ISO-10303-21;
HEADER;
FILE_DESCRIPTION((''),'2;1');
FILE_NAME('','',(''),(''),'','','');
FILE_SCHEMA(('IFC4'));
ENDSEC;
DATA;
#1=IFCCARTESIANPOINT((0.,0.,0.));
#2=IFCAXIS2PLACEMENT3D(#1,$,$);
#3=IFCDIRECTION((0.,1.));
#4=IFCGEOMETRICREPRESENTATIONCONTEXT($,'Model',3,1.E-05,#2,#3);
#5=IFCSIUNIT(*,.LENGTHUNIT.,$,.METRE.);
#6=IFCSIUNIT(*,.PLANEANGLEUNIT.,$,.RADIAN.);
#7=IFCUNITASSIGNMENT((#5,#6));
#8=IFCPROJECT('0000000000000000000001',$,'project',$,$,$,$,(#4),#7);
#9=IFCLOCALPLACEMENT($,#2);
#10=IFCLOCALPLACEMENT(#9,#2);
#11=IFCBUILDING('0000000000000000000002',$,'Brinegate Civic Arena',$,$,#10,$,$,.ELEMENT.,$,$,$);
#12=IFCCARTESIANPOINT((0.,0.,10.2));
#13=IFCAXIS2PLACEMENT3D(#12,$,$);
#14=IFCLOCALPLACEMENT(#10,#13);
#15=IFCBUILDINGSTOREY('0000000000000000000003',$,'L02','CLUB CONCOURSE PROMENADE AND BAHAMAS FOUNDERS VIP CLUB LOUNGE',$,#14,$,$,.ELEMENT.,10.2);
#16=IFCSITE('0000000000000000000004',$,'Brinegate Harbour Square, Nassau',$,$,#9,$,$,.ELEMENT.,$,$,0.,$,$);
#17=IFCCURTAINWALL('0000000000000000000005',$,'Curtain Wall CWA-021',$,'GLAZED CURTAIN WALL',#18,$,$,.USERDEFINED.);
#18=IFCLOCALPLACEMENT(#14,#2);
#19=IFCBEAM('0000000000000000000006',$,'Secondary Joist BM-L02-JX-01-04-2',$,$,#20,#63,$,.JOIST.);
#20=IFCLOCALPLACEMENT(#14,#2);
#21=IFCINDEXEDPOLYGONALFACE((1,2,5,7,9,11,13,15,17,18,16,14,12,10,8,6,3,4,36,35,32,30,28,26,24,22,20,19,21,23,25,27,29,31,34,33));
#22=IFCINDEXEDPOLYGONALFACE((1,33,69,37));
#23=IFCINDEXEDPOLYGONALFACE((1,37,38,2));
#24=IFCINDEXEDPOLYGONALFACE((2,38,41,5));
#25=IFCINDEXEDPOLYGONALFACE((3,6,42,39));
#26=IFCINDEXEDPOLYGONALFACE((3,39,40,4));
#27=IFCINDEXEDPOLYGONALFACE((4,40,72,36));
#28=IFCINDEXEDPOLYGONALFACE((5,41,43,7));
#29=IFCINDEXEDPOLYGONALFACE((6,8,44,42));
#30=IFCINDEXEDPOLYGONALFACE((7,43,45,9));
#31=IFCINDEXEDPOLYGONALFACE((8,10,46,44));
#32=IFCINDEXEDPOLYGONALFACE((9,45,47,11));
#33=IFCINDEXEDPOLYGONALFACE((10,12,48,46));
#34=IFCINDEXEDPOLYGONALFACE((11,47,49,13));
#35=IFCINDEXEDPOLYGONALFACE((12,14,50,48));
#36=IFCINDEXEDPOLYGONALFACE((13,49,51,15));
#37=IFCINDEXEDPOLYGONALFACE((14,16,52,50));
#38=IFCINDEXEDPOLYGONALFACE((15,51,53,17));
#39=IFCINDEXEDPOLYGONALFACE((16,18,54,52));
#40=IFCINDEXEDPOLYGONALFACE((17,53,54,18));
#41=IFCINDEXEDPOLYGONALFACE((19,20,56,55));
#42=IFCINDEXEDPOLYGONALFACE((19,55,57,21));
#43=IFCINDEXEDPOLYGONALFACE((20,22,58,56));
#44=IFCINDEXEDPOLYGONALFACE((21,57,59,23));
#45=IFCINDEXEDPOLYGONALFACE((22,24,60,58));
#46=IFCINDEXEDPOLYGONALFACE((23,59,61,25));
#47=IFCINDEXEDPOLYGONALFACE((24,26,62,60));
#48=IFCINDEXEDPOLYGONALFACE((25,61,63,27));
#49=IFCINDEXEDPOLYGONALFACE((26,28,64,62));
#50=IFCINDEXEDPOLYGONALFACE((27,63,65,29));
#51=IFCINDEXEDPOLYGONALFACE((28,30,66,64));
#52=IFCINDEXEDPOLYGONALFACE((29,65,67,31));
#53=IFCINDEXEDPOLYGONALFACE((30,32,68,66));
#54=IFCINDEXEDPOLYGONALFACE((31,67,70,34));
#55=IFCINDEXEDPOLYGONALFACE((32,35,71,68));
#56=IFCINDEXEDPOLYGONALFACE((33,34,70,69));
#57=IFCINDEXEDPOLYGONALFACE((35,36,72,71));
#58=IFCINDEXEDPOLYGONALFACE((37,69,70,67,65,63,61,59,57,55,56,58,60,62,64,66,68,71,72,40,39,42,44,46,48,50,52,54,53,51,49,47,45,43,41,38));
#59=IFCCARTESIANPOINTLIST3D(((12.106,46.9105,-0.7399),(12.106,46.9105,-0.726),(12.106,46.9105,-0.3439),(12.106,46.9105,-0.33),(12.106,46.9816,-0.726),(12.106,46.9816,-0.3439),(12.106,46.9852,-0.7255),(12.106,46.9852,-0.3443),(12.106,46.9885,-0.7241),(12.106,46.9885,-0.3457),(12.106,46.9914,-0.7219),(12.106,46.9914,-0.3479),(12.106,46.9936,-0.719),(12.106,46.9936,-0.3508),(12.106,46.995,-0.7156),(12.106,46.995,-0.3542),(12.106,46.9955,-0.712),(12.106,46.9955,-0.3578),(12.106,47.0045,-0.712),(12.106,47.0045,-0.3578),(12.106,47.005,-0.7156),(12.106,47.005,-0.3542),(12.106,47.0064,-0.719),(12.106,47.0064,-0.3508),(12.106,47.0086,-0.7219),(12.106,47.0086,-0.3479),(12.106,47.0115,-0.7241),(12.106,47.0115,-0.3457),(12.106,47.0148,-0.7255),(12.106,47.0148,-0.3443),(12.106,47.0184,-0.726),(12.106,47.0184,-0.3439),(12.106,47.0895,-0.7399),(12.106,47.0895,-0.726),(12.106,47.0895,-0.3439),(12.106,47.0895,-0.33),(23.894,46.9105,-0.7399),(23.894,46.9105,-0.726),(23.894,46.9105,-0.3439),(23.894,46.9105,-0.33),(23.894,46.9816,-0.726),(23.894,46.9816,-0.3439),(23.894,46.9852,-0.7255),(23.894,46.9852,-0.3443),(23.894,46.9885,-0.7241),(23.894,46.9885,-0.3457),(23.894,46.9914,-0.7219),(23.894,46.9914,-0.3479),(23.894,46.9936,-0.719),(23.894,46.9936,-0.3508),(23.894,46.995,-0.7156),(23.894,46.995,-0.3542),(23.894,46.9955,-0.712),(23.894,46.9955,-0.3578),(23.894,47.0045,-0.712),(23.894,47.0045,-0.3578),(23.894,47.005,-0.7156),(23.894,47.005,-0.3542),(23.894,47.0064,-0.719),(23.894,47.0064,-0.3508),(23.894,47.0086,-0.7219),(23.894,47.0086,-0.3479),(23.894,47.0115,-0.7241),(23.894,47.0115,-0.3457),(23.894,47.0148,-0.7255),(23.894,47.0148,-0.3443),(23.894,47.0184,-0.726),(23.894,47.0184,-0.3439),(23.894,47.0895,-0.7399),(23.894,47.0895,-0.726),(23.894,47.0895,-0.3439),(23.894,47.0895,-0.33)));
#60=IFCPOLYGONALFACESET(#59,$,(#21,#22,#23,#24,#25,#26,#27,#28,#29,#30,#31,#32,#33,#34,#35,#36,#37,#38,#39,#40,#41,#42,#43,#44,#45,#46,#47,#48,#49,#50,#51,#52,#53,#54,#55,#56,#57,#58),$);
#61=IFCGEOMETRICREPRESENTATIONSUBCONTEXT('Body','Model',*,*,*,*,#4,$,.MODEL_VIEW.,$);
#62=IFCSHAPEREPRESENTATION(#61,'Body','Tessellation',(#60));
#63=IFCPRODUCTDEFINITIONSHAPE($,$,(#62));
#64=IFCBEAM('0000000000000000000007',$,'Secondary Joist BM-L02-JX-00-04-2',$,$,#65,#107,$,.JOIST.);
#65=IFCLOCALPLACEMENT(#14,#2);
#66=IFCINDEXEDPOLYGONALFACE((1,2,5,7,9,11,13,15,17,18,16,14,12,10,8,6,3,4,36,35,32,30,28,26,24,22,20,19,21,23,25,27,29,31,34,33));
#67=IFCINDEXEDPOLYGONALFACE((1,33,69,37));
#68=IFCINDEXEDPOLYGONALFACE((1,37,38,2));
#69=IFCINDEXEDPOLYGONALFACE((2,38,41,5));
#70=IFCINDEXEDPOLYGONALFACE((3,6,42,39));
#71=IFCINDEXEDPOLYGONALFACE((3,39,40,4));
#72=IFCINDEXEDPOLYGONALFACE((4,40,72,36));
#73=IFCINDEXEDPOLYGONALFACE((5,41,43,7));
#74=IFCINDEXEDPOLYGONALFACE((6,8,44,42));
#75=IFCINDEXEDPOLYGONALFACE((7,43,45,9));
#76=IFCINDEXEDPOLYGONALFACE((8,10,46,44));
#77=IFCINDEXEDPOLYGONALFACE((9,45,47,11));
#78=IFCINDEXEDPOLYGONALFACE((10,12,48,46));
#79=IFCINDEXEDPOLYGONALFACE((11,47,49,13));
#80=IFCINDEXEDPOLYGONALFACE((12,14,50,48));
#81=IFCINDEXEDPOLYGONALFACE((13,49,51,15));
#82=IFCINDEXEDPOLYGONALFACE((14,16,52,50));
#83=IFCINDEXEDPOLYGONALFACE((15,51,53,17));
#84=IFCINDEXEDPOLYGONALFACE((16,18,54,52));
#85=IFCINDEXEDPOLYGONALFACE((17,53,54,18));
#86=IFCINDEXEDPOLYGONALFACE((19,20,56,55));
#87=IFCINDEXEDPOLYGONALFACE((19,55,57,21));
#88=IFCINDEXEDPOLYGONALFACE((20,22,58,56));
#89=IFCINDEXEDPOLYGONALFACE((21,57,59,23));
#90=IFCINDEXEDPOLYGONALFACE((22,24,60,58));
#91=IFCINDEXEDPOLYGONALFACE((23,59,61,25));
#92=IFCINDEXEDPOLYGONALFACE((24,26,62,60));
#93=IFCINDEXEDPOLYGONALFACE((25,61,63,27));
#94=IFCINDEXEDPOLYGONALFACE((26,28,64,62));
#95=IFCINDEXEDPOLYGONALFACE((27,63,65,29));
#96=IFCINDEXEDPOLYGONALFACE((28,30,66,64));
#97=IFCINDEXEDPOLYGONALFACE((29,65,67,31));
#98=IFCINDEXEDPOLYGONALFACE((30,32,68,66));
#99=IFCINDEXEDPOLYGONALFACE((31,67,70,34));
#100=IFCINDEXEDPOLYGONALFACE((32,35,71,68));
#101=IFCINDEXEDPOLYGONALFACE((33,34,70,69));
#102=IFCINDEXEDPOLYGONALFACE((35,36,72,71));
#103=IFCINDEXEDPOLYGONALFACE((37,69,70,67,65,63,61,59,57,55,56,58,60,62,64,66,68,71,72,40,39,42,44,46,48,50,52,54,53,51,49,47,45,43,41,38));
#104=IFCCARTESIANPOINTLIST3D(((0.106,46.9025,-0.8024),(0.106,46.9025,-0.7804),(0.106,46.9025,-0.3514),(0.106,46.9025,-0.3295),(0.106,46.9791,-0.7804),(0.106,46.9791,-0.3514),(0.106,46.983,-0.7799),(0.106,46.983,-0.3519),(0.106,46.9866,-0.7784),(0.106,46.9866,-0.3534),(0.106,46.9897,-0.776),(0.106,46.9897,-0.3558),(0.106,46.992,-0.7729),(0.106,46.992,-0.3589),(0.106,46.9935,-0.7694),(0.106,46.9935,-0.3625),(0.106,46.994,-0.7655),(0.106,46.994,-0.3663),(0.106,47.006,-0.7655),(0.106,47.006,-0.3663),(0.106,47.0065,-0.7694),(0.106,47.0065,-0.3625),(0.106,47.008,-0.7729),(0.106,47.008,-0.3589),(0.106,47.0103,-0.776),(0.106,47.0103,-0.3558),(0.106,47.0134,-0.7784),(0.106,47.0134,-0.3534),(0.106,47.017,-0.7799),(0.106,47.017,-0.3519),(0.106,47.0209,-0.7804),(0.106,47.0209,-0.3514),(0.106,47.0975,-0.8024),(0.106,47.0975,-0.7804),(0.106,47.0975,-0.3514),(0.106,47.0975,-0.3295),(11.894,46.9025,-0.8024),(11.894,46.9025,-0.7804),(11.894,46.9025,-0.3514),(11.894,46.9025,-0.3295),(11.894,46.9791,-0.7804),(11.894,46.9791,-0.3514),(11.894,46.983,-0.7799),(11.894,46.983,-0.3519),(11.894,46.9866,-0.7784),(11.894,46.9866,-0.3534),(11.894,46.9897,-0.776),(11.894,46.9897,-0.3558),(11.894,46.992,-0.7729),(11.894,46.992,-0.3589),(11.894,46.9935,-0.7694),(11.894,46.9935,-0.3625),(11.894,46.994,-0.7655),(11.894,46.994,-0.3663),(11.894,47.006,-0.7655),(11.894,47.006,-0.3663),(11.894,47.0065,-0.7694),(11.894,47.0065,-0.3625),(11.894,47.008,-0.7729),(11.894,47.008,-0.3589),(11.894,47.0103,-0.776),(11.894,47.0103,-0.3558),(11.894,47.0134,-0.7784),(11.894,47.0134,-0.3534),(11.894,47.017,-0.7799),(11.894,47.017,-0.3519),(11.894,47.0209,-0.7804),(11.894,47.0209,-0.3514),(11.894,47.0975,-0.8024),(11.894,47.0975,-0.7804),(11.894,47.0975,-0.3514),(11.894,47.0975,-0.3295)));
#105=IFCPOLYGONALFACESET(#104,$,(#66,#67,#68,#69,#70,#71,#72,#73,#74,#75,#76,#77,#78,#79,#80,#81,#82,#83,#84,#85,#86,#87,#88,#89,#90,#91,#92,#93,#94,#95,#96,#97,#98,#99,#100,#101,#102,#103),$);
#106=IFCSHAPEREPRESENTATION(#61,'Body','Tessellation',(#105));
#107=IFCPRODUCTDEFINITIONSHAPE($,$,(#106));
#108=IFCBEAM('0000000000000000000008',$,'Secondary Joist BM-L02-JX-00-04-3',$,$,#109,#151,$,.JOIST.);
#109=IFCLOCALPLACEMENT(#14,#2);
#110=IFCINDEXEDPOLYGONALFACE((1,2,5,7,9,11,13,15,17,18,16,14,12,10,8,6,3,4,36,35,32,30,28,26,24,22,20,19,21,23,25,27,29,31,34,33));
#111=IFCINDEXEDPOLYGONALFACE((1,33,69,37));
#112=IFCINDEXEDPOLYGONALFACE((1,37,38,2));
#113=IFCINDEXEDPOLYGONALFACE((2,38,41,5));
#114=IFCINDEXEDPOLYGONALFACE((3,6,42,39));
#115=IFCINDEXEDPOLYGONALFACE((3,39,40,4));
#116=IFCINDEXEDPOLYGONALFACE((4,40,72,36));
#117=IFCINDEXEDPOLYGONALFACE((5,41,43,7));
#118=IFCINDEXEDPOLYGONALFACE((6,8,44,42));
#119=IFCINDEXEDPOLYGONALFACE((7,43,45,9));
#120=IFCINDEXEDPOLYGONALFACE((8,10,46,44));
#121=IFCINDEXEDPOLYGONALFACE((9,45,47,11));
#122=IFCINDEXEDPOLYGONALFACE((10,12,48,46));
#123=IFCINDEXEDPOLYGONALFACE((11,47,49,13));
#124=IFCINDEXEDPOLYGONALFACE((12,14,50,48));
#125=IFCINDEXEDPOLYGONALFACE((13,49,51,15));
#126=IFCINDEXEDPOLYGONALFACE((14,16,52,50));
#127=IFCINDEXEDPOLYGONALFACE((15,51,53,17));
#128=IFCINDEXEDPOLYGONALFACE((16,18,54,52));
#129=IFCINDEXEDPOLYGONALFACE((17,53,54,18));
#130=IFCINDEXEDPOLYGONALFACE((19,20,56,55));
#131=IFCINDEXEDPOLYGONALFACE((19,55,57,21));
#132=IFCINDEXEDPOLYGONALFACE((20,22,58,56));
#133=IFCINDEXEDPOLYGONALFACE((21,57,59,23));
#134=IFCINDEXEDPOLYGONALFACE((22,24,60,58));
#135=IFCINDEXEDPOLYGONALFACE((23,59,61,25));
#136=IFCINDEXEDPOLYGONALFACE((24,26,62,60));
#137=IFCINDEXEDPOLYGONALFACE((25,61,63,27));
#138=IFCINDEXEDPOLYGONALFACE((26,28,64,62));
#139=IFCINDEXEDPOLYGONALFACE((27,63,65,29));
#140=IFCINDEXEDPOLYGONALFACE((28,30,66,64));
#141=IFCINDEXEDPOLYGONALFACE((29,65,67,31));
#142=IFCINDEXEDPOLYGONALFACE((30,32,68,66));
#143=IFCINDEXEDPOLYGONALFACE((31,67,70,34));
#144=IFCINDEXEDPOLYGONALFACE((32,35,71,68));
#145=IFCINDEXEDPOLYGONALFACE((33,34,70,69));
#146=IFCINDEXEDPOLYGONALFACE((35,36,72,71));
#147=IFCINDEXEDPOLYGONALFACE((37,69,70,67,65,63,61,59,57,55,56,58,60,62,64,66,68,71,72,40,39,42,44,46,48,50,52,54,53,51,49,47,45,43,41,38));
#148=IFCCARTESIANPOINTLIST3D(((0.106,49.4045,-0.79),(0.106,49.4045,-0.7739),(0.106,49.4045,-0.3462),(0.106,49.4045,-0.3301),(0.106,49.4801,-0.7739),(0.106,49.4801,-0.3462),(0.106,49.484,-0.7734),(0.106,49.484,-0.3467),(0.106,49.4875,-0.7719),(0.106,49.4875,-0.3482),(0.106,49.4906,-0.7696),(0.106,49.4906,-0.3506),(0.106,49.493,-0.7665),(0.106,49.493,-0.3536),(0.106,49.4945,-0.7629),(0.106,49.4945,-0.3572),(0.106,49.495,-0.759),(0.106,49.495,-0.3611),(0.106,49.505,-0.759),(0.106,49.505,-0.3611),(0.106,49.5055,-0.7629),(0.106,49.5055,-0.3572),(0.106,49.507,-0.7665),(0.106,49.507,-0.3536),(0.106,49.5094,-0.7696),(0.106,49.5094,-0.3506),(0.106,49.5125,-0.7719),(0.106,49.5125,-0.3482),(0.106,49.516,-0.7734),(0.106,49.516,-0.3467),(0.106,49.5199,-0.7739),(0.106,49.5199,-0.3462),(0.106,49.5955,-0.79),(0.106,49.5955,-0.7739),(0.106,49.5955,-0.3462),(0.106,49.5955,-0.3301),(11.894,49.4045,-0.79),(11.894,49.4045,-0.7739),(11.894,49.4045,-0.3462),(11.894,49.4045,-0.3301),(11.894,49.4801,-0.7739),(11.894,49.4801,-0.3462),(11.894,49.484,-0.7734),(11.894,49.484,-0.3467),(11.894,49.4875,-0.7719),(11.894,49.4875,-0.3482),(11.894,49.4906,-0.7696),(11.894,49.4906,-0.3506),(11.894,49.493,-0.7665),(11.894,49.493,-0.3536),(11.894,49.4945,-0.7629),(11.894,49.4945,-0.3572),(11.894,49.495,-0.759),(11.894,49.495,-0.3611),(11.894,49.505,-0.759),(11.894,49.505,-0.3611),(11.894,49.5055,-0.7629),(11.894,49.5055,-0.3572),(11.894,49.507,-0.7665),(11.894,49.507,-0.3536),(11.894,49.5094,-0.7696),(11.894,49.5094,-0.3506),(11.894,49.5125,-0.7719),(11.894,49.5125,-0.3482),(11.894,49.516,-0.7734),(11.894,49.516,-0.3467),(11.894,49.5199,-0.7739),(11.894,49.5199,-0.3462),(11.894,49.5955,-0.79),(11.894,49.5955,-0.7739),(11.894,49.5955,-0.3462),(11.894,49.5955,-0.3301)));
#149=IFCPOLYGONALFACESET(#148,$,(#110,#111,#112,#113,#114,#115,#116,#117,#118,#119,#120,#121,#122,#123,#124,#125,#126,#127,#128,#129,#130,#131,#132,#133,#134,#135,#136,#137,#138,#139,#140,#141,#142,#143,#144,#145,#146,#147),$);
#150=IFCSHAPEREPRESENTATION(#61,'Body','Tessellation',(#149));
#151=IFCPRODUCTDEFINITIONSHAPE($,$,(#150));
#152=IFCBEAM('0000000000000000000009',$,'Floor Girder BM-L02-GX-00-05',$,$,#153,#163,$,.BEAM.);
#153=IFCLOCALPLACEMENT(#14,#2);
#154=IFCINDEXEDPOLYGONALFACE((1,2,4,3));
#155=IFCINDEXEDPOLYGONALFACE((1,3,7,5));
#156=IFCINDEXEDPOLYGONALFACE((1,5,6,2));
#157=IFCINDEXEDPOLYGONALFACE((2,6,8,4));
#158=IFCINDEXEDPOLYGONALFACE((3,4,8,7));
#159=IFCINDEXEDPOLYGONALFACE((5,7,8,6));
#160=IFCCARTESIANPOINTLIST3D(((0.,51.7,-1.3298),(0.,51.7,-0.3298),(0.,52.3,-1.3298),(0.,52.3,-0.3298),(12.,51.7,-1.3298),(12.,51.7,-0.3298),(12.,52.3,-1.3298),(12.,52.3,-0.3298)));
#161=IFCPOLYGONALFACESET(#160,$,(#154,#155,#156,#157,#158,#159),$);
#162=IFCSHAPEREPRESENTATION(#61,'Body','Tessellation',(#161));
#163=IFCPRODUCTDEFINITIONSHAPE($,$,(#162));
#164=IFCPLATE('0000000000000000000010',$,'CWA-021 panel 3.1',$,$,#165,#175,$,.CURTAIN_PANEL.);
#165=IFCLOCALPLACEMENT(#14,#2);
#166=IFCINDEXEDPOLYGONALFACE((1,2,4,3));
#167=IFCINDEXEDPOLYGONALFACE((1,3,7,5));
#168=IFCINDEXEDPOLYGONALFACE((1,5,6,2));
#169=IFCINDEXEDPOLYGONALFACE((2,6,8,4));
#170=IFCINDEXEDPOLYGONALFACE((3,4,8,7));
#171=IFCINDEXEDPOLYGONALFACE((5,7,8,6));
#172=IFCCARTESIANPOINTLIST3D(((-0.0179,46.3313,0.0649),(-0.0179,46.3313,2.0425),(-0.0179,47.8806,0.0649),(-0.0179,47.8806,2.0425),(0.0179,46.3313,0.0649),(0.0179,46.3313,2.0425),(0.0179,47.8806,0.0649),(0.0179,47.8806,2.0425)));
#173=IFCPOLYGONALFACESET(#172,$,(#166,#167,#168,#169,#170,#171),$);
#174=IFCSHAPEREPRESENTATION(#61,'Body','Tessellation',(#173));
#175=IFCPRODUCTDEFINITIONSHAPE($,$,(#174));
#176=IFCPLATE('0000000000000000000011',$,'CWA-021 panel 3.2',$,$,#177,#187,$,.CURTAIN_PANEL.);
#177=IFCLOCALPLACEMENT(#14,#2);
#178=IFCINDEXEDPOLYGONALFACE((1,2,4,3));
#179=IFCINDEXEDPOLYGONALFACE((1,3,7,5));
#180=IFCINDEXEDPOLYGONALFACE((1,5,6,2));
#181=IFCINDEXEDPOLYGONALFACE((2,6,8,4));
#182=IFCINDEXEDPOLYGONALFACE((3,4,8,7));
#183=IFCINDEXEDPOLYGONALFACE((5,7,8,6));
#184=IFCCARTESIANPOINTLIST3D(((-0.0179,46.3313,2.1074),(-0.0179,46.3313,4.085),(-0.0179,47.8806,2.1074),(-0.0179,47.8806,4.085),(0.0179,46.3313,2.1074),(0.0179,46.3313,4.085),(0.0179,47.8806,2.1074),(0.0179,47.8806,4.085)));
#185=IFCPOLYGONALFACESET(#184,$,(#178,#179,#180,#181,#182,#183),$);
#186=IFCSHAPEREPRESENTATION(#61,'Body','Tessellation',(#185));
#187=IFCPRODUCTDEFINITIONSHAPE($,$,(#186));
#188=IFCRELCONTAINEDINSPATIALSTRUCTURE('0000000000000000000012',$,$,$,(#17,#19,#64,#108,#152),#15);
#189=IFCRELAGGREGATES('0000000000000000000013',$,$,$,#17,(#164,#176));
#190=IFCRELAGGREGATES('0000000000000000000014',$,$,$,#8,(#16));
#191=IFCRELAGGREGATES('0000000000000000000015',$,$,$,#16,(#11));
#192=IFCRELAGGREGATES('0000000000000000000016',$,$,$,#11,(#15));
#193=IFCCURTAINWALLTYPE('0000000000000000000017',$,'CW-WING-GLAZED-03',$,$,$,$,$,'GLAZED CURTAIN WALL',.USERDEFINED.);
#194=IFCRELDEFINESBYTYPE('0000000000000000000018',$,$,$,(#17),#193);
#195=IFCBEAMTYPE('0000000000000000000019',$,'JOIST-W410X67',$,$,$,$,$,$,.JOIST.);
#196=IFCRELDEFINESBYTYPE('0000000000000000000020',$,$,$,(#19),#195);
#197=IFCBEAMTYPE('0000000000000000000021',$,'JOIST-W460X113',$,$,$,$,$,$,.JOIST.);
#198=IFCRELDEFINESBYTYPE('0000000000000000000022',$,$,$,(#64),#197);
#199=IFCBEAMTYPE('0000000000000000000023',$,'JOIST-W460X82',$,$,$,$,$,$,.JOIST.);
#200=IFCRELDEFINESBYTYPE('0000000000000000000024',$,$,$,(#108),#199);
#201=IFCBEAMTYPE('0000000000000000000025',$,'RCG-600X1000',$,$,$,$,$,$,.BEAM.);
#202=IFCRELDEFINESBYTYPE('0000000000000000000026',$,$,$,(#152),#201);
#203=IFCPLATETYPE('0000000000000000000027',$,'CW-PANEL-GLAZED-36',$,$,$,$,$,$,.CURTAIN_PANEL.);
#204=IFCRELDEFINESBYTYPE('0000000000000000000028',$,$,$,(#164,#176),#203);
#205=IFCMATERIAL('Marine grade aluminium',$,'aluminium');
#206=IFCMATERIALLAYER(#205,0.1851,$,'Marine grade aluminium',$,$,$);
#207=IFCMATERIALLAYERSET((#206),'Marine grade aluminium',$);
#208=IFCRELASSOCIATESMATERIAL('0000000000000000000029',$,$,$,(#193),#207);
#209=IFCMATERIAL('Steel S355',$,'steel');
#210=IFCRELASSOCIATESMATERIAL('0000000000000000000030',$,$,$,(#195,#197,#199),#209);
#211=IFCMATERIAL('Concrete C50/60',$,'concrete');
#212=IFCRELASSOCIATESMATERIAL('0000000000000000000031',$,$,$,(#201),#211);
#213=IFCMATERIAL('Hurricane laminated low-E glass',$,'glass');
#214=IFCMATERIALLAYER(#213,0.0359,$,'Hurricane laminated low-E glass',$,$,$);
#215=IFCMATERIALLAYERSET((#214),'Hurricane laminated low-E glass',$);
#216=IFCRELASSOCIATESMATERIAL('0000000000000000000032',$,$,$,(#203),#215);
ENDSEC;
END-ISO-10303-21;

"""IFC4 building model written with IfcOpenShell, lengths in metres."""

from ifc_helpers import new_model, si_unit, direction, frame, origin, origin_2d, place, context, subcontext, project, spatial, rectangle, i_section, extrude, material, layer, layer_set, material_profile, profile_set, type_object, element, aggregate, save


model = new_model("IFC4")

# Units and contexts
model_context = context("Model", 3, precision=1e-05, world=origin(), true_north=direction((0.0, 1.0)))
body_context = subcontext(model_context, "Body", "Model", "MODEL_VIEW")
ifc_project = project(units=[si_unit("LENGTHUNIT", "METRE"), si_unit("PLANEANGLEUNIT", "RADIAN")], contexts=[model_context])

# Site, building, storey
site_placement = place(None, origin())
site = spatial("IfcSite", under=ifc_project, at=site_placement, Name="Brinegate Harbour Square, Nassau", CompositionType="ELEMENT", RefElevation=0.0)
building_placement = place(site_placement, origin())
building = spatial("IfcBuilding", under=site, at=building_placement, Name="Brinegate Civic Arena", CompositionType="ELEMENT")
storey_placement = place(building_placement, frame((0.0, 0.0, 10.2)))
storey = spatial("IfcBuildingStorey", under=building, at=storey_placement, Name="L02", Description="CLUB CONCOURSE PROMENADE AND BAHAMAS FOUNDERS VIP CLUB LOUNGE", CompositionType="ELEMENT", Elevation=10.2)

# Shared definitions
ifc_material_1 = material(Name="Steel S355", Category="steel")

# Curtain wall
ifc_material_2 = material(Name="Marine grade aluminium", Category="aluminium")
ifc_layer_1 = layer(ifc_material_2, 0.1851, Name="Marine grade aluminium")
ifc_layer_set_1 = layer_set([ifc_layer_1], Name="Marine grade aluminium")
curtain_wall_type = type_object("IfcCurtainWallType", Name="CW-WING-GLAZED-03", ElementType="GLAZED CURTAIN WALL", PredefinedType="USERDEFINED", material=ifc_layer_set_1)
curtain_wall_1_placement = place(storey_placement, origin())
curtain_wall_1 = element("IfcCurtainWall", 1, at=curtain_wall_1_placement, inside=storey, type_object=curtain_wall_type, Name="Curtain Wall CWA-021", ObjectType="GLAZED CURTAIN WALL", PredefinedType="USERDEFINED")

# Beams
ifc_material_profile_1 = material_profile(ifc_material_1, i_section(OverallWidth=0.179, OverallDepth=0.4099, WebThickness=0.009, FlangeThickness=0.0139, FilletRadius=0.0139, at=origin_2d()), Name="W410X67")
ifc_profile_set_1 = profile_set([ifc_material_profile_1], Name="Steel S355")
beam_type_1 = type_object("IfcBeamType", Name="JOIST-W410X67", PredefinedType="JOIST", material=ifc_profile_set_1)
beam_1_placement = place(storey_placement, frame((12.106, 47.0, -0.5349), z_axis=(1.0, 0.0, 0.0), x_axis=(0.0, 1.0, 0.0)))
element("IfcBeam", 2, at=beam_1_placement, inside=storey, type_object=beam_type_1, Name="Secondary Joist BM-L02-JX-01-04-2", PredefinedType="JOIST", context=body_context, shape_type="SweptSolid", body=[
    extrude(i_section(OverallWidth=0.179, OverallDepth=0.4099, WebThickness=0.009, FlangeThickness=0.0139, FilletRadius=0.0139, at=origin_2d()), origin(), (0.0, 0.0, 1.0), 11.7881),
])
ifc_material_profile_2 = material_profile(ifc_material_1, i_section(OverallWidth=0.1951, OverallDepth=0.4729, WebThickness=0.012, FlangeThickness=0.022, FilletRadius=0.0149, at=origin_2d()), Name="W460X113")
ifc_profile_set_2 = profile_set([ifc_material_profile_2], Name="Steel S355")
beam_type_2 = type_object("IfcBeamType", Name="JOIST-W460X113", PredefinedType="JOIST", material=ifc_profile_set_2)
beam_2_placement = place(storey_placement, frame((0.106, 47.0, -0.5659), z_axis=(1.0, 0.0, 0.0), x_axis=(0.0, 1.0, 0.0)))
element("IfcBeam", 3, at=beam_2_placement, inside=storey, type_object=beam_type_2, Name="Secondary Joist BM-L02-JX-00-04-2", PredefinedType="JOIST", context=body_context, shape_type="SweptSolid", body=[
    extrude(i_section(OverallWidth=0.1951, OverallDepth=0.4729, WebThickness=0.012, FlangeThickness=0.022, FilletRadius=0.0149, at=origin_2d()), origin(), (0.0, 0.0, 1.0), 11.7881),
])
ifc_material_profile_3 = material_profile(ifc_material_1, i_section(OverallWidth=0.1909, OverallDepth=0.46, WebThickness=0.01, FlangeThickness=0.0161, FilletRadius=0.0149, at=origin_2d()), Name="W460X82")
ifc_profile_set_3 = profile_set([ifc_material_profile_3], Name="Steel S355")
beam_type_3 = type_object("IfcBeamType", Name="JOIST-W460X82", PredefinedType="JOIST", material=ifc_profile_set_3)
beam_3_placement = place(storey_placement, frame((0.106, 49.5, -0.5601), z_axis=(1.0, 0.0, 0.0), x_axis=(0.0, 1.0, 0.0)))
element("IfcBeam", 4, at=beam_3_placement, inside=storey, type_object=beam_type_3, Name="Secondary Joist BM-L02-JX-00-04-3", PredefinedType="JOIST", context=body_context, shape_type="SweptSolid", body=[
    extrude(i_section(OverallWidth=0.1909, OverallDepth=0.46, WebThickness=0.01, FlangeThickness=0.0161, FilletRadius=0.0149, at=origin_2d()), origin(), (0.0, 0.0, 1.0), 11.7881),
])
ifc_material_3 = material(Name="Concrete C50/60", Category="concrete")
ifc_material_profile_4 = material_profile(ifc_material_3, rectangle(XDim=0.6001, YDim=1.0, at=origin_2d()), Name="RCB600X1000")
ifc_profile_set_4 = profile_set([ifc_material_profile_4], Name="Concrete C50/60")
beam_type_4 = type_object("IfcBeamType", Name="RCG-600X1000", PredefinedType="BEAM", material=ifc_profile_set_4)
beam_4_placement = place(storey_placement, frame((0.0, 52.0, -0.8298), z_axis=(1.0, 0.0, 0.0), x_axis=(0.0, 1.0, 0.0)))
element("IfcBeam", 5, at=beam_4_placement, inside=storey, type_object=beam_type_4, Name="Floor Girder BM-L02-GX-00-05", PredefinedType="BEAM", context=body_context, shape_type="SweptSolid", body=[
    extrude(rectangle(XDim=0.6001, YDim=1.0, at=origin_2d()), origin(), (0.0, 0.0, 1.0), 12.0),
])

# Plates
ifc_material_4 = material(Name="Hurricane laminated low-E glass", Category="glass")
ifc_layer_2 = layer(ifc_material_4, 0.0359, Name="Hurricane laminated low-E glass")
ifc_layer_set_2 = layer_set([ifc_layer_2], Name="Hurricane laminated low-E glass")
plate_type_1 = type_object("IfcPlateType", Name="CW-PANEL-GLAZED-36", PredefinedType="CURTAIN_PANEL", material=ifc_layer_set_2)
plate_1_placement = place(storey_placement, frame((0.0, 47.106, 0.0649), z_axis=(0.0, 0.0, 1.0), x_axis=(0.0, 1.0, 0.0)))
plate_1 = element("IfcPlate", 6, at=plate_1_placement, type_object=plate_type_1, Name="CWA-021 panel 3.1", PredefinedType="CURTAIN_PANEL", context=body_context, shape_type="SweptSolid", body=[
    extrude(rectangle(XDim=1.5493, YDim=0.0359, at=origin_2d()), origin(), (0.0, 0.0, 1.0), 1.9775),
])
plate_2_placement = place(storey_placement, frame((0.0, 47.106, 2.1074), z_axis=(0.0, 0.0, 1.0), x_axis=(0.0, 1.0, 0.0)))
plate_2 = element("IfcPlate", 7, at=plate_2_placement, type_object=plate_type_1, Name="CWA-021 panel 3.2", PredefinedType="CURTAIN_PANEL", context=body_context, shape_type="SweptSolid", body=[
    extrude(rectangle(XDim=1.5493, YDim=0.0359, at=origin_2d()), origin(), (0.0, 0.0, 1.0), 1.9775),
])
aggregate(curtain_wall_1, [plate_1, plate_2])

save(model, "model.ifc")
